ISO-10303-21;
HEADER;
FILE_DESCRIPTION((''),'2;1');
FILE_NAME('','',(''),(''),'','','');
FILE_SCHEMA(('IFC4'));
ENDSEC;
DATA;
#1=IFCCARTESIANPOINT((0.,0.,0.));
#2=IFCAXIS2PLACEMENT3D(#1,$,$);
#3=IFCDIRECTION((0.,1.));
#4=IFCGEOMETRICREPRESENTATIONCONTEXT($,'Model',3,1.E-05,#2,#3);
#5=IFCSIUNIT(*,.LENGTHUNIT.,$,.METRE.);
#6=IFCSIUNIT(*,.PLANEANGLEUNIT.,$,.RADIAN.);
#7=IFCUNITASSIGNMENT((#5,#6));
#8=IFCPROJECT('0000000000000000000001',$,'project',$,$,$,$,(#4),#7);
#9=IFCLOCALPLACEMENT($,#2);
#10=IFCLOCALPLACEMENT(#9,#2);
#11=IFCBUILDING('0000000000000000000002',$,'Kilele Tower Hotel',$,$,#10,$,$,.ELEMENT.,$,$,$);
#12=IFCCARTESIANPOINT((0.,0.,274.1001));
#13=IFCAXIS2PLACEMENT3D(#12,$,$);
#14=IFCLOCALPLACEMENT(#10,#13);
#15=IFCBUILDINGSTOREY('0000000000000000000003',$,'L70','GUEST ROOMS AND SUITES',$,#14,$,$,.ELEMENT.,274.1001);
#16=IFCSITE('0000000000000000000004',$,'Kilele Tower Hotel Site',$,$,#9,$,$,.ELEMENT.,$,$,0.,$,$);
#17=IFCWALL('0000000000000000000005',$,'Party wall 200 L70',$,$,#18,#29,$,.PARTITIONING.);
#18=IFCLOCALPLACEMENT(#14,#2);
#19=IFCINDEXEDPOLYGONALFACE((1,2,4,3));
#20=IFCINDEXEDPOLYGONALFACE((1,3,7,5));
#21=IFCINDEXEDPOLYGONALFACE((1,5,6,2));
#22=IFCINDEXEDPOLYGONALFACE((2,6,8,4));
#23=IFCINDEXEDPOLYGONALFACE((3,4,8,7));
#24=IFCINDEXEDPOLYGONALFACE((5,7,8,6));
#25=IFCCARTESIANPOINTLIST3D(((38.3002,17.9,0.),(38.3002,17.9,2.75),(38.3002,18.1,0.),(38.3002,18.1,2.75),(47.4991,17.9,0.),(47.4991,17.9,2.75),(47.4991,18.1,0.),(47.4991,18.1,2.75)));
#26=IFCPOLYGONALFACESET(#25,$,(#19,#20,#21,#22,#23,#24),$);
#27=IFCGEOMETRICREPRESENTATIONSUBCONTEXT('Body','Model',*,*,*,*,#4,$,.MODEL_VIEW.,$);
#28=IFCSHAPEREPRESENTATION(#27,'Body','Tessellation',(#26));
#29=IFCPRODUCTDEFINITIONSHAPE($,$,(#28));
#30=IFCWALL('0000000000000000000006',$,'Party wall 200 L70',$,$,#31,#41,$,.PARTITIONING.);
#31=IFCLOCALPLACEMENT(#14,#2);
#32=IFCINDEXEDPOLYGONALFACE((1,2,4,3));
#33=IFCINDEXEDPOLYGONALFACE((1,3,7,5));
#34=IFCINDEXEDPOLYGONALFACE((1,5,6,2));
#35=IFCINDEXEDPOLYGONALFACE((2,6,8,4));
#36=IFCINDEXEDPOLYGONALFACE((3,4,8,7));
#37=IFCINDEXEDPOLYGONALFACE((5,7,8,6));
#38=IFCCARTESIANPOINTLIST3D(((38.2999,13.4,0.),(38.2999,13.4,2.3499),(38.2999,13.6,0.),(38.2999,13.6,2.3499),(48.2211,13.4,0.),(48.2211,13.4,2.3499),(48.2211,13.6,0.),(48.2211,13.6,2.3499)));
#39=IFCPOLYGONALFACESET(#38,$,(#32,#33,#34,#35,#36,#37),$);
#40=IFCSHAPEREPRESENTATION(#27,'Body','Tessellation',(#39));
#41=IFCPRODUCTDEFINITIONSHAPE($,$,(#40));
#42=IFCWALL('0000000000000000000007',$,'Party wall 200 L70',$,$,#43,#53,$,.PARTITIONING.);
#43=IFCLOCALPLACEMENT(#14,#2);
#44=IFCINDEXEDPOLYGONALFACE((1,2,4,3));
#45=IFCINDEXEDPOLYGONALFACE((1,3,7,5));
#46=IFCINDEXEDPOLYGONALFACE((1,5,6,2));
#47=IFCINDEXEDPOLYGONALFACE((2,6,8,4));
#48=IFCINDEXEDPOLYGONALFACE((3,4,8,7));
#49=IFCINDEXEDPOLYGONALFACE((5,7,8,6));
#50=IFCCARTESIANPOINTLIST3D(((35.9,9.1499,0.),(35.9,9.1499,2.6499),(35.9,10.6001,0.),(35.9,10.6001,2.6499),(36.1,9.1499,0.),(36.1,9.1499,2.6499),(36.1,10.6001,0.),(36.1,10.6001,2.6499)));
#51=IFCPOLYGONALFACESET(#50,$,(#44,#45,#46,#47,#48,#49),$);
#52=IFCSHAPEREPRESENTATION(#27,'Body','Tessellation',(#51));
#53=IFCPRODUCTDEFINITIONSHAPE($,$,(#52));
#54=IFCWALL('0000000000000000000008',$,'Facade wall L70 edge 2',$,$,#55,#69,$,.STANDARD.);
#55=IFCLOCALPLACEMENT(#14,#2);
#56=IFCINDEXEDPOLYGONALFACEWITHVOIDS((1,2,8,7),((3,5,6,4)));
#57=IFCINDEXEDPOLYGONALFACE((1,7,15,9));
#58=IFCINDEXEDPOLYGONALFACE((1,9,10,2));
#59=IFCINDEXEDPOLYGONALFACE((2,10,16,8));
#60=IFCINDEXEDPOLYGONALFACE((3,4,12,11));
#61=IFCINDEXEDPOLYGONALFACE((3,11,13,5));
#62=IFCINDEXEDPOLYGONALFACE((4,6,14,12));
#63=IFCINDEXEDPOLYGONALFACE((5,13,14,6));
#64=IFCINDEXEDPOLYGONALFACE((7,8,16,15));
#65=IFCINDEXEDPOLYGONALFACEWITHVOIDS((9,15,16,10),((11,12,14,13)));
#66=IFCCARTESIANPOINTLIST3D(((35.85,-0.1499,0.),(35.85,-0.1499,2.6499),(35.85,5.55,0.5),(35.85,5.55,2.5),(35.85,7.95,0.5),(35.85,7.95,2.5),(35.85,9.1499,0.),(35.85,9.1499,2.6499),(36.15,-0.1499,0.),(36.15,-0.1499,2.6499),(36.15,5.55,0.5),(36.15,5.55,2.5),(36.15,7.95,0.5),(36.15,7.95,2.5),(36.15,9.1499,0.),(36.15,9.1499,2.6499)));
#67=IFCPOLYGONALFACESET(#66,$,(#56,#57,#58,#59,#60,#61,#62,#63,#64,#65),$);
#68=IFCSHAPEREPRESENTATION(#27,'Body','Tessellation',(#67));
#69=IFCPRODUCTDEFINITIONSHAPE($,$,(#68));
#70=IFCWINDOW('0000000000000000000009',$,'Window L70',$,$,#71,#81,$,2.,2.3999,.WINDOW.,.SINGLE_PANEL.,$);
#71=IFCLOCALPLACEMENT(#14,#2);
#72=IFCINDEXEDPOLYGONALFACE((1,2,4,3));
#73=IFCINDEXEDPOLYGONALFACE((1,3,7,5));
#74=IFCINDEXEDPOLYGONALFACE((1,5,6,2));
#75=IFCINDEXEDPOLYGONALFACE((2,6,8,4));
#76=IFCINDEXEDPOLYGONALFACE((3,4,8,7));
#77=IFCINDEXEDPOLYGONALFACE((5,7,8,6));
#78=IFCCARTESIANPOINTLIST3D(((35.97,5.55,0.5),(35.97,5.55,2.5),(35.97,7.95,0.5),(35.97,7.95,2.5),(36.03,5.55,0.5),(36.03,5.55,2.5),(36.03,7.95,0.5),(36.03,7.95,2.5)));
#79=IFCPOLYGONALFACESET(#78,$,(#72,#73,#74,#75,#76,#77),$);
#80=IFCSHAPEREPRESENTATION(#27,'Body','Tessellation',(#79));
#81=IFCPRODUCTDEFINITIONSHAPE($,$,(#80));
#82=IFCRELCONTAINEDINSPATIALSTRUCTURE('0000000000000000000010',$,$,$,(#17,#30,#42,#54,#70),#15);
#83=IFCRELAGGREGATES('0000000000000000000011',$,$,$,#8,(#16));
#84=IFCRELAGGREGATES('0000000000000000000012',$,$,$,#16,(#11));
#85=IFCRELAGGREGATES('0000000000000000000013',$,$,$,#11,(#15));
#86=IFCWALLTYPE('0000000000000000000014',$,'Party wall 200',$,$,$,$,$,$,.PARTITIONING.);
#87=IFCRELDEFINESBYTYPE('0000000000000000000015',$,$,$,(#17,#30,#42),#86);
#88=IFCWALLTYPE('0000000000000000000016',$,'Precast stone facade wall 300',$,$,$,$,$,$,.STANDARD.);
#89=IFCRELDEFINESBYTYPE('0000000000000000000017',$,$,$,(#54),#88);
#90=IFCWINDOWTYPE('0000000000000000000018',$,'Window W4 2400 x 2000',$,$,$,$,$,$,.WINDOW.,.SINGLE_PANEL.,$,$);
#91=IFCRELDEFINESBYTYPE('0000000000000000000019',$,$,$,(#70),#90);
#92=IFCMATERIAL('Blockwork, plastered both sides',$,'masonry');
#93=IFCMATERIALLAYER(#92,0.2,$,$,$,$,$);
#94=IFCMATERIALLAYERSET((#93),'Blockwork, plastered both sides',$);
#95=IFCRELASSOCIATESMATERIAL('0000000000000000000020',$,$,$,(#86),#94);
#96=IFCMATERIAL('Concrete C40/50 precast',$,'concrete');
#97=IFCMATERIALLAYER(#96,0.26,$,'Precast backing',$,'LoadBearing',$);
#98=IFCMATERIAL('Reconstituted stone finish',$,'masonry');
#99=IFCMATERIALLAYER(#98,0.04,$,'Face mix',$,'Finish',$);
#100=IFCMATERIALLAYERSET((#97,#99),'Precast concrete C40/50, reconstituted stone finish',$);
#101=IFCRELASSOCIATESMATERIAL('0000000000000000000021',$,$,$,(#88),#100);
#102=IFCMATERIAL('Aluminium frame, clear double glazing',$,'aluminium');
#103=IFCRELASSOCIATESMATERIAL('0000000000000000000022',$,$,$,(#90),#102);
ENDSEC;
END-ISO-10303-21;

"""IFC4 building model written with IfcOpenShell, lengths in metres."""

from ifc_helpers import new_model, si_unit, direction, frame, frame_2d, origin, place, context, subcontext, project, spatial, rectangle, extrude, material, layer, layer_set, type_object, element, fill, save


model = new_model("IFC4")

# Units and contexts
model_context = context("Model", 3, precision=1e-05, world=origin(), true_north=direction((0.0, 1.0)))
body_context = subcontext(model_context, "Body", "Model", "MODEL_VIEW")
ifc_project = project(units=[si_unit("LENGTHUNIT", "METRE"), si_unit("PLANEANGLEUNIT", "RADIAN")], contexts=[model_context])

# Site, building, storey
site_placement = place(None, origin())
site = spatial("IfcSite", under=ifc_project, at=site_placement, Name="Kilele Tower Hotel Site", CompositionType="ELEMENT", RefElevation=0.0)
building_placement = place(site_placement, origin())
building = spatial("IfcBuilding", under=site, at=building_placement, Name="Kilele Tower Hotel", CompositionType="ELEMENT")
storey_placement = place(building_placement, frame((0.0, 0.0, 274.1001)))
storey = spatial("IfcBuildingStorey", under=building, at=storey_placement, Name="L70", Description="GUEST ROOMS AND SUITES", CompositionType="ELEMENT", Elevation=274.1001)

# Walls
ifc_material_1 = material(Name="Blockwork, plastered both sides", Category="masonry")
ifc_layer_1 = layer(ifc_material_1, 0.2)
ifc_layer_set_1 = layer_set([ifc_layer_1], Name="Blockwork, plastered both sides")
wall_type_1 = type_object("IfcWallType", Name="Party wall 200", PredefinedType="PARTITIONING", material=ifc_layer_set_1)
wall_1_placement = place(storey_placement, frame((38.3, 18.0, 0.0), z_axis=(0.0, 0.0, 1.0), x_axis=(1.0, 0.0, 0.0)))
element("IfcWall", 1, at=wall_1_placement, inside=storey, type_object=wall_type_1, Name="Party wall 200 L70", PredefinedType="PARTITIONING", context=body_context, shape_type="SweptSolid", body=[
    extrude(rectangle(XDim=9.199, YDim=0.2, at=frame_2d((4.5996, 0.0))), origin(), (0.0, 0.0, 1.0), 2.75),
])
wall_2_placement = place(storey_placement, frame((38.3, 13.5, 0.0), z_axis=(0.0, 0.0, 1.0), x_axis=(1.0, 0.0, 0.0)))
element("IfcWall", 2, at=wall_2_placement, inside=storey, type_object=wall_type_1, Name="Party wall 200 L70", PredefinedType="PARTITIONING", context=body_context, shape_type="SweptSolid", body=[
    extrude(rectangle(XDim=9.9211, YDim=0.2, at=frame_2d((4.9604, 0.0))), origin(), (0.0, 0.0, 1.0), 2.3499),
])
wall_3_placement = place(storey_placement, frame((36.0, 10.6001, 0.0), z_axis=(0.0, 0.0, 1.0), x_axis=(0.0, -1.0, 0.0)))
element("IfcWall", 3, at=wall_3_placement, inside=storey, type_object=wall_type_1, Name="Party wall 200 L70", PredefinedType="PARTITIONING", context=body_context, shape_type="SweptSolid", body=[
    extrude(rectangle(XDim=1.4502, YDim=0.2, at=frame_2d((0.7251, 0.0))), origin(), (0.0, 0.0, 1.0), 2.6499),
])

# Wall, opening, window
ifc_material_2 = material(Name="Concrete C40/50 precast", Category="concrete")
ifc_layer_2 = layer(ifc_material_2, 0.26, Name="Precast backing", Category="LoadBearing")
ifc_material_3 = material(Name="Reconstituted stone finish", Category="masonry")
ifc_layer_3 = layer(ifc_material_3, 0.04, Name="Face mix", Category="Finish")
ifc_layer_set_2 = layer_set([ifc_layer_2, ifc_layer_3], Name="Precast concrete C40/50, reconstituted stone finish")
wall_type_2 = type_object("IfcWallType", Name="Precast stone facade wall 300", PredefinedType="STANDARD", material=ifc_layer_set_2)
wall_4_placement = place(storey_placement, frame((36.0, 9.1499, 0.0), z_axis=(0.0, 0.0, 1.0), x_axis=(0.0, -1.0, 0.0)))
wall_4 = element("IfcWall", 4, at=wall_4_placement, inside=storey, type_object=wall_type_2, Name="Facade wall L70 edge 2", PredefinedType="STANDARD", context=body_context, shape_type="SweptSolid", body=[
    extrude(rectangle(XDim=9.2998, YDim=0.3, at=frame_2d((4.6499, 0.0))), origin(), (0.0, 0.0, 1.0), 2.6499),
])
opening_1_placement = place(wall_4_placement, frame((1.2, 0.0, 0.5)))
opening_1 = element("IfcOpeningElement", 5, at=opening_1_placement, cuts=wall_4, PredefinedType="OPENING", context=body_context, shape_type="SweptSolid", body=[
    extrude(rectangle(XDim=2.3999, YDim=2.0, at=frame_2d((1.2, 1.0))), frame((0.0, 0.1599, 0.0), z_axis=(0.0, -1.0, 0.0), x_axis=(1.0, 0.0, 0.0)), (0.0, 0.0, 1.0), 0.3201),
])
ifc_material_4 = material(Name="Aluminium frame, clear double glazing", Category="aluminium")
window_type = type_object("IfcWindowType", Name="Window W4 2400 x 2000", PartitioningType="SINGLE_PANEL", PredefinedType="WINDOW", material=ifc_material_4)
window_placement = place(opening_1_placement, origin())
window = element("IfcWindow", 6, at=window_placement, inside=storey, type_object=window_type, Name="Window L70", OverallHeight=2.0, OverallWidth=2.3999, PartitioningType="SINGLE_PANEL", PredefinedType="WINDOW", context=body_context, shape_type="SweptSolid", body=[
    extrude(rectangle(XDim=2.3999, YDim=2.0, at=frame_2d((1.2, 1.0))), frame((0.0, 0.03, 0.0), z_axis=(0.0, -1.0, 0.0), x_axis=(1.0, 0.0, 0.0)), (0.0, 0.0, 1.0), 0.0601),
])
fill(opening_1, window)

save(model, "model.ifc")
